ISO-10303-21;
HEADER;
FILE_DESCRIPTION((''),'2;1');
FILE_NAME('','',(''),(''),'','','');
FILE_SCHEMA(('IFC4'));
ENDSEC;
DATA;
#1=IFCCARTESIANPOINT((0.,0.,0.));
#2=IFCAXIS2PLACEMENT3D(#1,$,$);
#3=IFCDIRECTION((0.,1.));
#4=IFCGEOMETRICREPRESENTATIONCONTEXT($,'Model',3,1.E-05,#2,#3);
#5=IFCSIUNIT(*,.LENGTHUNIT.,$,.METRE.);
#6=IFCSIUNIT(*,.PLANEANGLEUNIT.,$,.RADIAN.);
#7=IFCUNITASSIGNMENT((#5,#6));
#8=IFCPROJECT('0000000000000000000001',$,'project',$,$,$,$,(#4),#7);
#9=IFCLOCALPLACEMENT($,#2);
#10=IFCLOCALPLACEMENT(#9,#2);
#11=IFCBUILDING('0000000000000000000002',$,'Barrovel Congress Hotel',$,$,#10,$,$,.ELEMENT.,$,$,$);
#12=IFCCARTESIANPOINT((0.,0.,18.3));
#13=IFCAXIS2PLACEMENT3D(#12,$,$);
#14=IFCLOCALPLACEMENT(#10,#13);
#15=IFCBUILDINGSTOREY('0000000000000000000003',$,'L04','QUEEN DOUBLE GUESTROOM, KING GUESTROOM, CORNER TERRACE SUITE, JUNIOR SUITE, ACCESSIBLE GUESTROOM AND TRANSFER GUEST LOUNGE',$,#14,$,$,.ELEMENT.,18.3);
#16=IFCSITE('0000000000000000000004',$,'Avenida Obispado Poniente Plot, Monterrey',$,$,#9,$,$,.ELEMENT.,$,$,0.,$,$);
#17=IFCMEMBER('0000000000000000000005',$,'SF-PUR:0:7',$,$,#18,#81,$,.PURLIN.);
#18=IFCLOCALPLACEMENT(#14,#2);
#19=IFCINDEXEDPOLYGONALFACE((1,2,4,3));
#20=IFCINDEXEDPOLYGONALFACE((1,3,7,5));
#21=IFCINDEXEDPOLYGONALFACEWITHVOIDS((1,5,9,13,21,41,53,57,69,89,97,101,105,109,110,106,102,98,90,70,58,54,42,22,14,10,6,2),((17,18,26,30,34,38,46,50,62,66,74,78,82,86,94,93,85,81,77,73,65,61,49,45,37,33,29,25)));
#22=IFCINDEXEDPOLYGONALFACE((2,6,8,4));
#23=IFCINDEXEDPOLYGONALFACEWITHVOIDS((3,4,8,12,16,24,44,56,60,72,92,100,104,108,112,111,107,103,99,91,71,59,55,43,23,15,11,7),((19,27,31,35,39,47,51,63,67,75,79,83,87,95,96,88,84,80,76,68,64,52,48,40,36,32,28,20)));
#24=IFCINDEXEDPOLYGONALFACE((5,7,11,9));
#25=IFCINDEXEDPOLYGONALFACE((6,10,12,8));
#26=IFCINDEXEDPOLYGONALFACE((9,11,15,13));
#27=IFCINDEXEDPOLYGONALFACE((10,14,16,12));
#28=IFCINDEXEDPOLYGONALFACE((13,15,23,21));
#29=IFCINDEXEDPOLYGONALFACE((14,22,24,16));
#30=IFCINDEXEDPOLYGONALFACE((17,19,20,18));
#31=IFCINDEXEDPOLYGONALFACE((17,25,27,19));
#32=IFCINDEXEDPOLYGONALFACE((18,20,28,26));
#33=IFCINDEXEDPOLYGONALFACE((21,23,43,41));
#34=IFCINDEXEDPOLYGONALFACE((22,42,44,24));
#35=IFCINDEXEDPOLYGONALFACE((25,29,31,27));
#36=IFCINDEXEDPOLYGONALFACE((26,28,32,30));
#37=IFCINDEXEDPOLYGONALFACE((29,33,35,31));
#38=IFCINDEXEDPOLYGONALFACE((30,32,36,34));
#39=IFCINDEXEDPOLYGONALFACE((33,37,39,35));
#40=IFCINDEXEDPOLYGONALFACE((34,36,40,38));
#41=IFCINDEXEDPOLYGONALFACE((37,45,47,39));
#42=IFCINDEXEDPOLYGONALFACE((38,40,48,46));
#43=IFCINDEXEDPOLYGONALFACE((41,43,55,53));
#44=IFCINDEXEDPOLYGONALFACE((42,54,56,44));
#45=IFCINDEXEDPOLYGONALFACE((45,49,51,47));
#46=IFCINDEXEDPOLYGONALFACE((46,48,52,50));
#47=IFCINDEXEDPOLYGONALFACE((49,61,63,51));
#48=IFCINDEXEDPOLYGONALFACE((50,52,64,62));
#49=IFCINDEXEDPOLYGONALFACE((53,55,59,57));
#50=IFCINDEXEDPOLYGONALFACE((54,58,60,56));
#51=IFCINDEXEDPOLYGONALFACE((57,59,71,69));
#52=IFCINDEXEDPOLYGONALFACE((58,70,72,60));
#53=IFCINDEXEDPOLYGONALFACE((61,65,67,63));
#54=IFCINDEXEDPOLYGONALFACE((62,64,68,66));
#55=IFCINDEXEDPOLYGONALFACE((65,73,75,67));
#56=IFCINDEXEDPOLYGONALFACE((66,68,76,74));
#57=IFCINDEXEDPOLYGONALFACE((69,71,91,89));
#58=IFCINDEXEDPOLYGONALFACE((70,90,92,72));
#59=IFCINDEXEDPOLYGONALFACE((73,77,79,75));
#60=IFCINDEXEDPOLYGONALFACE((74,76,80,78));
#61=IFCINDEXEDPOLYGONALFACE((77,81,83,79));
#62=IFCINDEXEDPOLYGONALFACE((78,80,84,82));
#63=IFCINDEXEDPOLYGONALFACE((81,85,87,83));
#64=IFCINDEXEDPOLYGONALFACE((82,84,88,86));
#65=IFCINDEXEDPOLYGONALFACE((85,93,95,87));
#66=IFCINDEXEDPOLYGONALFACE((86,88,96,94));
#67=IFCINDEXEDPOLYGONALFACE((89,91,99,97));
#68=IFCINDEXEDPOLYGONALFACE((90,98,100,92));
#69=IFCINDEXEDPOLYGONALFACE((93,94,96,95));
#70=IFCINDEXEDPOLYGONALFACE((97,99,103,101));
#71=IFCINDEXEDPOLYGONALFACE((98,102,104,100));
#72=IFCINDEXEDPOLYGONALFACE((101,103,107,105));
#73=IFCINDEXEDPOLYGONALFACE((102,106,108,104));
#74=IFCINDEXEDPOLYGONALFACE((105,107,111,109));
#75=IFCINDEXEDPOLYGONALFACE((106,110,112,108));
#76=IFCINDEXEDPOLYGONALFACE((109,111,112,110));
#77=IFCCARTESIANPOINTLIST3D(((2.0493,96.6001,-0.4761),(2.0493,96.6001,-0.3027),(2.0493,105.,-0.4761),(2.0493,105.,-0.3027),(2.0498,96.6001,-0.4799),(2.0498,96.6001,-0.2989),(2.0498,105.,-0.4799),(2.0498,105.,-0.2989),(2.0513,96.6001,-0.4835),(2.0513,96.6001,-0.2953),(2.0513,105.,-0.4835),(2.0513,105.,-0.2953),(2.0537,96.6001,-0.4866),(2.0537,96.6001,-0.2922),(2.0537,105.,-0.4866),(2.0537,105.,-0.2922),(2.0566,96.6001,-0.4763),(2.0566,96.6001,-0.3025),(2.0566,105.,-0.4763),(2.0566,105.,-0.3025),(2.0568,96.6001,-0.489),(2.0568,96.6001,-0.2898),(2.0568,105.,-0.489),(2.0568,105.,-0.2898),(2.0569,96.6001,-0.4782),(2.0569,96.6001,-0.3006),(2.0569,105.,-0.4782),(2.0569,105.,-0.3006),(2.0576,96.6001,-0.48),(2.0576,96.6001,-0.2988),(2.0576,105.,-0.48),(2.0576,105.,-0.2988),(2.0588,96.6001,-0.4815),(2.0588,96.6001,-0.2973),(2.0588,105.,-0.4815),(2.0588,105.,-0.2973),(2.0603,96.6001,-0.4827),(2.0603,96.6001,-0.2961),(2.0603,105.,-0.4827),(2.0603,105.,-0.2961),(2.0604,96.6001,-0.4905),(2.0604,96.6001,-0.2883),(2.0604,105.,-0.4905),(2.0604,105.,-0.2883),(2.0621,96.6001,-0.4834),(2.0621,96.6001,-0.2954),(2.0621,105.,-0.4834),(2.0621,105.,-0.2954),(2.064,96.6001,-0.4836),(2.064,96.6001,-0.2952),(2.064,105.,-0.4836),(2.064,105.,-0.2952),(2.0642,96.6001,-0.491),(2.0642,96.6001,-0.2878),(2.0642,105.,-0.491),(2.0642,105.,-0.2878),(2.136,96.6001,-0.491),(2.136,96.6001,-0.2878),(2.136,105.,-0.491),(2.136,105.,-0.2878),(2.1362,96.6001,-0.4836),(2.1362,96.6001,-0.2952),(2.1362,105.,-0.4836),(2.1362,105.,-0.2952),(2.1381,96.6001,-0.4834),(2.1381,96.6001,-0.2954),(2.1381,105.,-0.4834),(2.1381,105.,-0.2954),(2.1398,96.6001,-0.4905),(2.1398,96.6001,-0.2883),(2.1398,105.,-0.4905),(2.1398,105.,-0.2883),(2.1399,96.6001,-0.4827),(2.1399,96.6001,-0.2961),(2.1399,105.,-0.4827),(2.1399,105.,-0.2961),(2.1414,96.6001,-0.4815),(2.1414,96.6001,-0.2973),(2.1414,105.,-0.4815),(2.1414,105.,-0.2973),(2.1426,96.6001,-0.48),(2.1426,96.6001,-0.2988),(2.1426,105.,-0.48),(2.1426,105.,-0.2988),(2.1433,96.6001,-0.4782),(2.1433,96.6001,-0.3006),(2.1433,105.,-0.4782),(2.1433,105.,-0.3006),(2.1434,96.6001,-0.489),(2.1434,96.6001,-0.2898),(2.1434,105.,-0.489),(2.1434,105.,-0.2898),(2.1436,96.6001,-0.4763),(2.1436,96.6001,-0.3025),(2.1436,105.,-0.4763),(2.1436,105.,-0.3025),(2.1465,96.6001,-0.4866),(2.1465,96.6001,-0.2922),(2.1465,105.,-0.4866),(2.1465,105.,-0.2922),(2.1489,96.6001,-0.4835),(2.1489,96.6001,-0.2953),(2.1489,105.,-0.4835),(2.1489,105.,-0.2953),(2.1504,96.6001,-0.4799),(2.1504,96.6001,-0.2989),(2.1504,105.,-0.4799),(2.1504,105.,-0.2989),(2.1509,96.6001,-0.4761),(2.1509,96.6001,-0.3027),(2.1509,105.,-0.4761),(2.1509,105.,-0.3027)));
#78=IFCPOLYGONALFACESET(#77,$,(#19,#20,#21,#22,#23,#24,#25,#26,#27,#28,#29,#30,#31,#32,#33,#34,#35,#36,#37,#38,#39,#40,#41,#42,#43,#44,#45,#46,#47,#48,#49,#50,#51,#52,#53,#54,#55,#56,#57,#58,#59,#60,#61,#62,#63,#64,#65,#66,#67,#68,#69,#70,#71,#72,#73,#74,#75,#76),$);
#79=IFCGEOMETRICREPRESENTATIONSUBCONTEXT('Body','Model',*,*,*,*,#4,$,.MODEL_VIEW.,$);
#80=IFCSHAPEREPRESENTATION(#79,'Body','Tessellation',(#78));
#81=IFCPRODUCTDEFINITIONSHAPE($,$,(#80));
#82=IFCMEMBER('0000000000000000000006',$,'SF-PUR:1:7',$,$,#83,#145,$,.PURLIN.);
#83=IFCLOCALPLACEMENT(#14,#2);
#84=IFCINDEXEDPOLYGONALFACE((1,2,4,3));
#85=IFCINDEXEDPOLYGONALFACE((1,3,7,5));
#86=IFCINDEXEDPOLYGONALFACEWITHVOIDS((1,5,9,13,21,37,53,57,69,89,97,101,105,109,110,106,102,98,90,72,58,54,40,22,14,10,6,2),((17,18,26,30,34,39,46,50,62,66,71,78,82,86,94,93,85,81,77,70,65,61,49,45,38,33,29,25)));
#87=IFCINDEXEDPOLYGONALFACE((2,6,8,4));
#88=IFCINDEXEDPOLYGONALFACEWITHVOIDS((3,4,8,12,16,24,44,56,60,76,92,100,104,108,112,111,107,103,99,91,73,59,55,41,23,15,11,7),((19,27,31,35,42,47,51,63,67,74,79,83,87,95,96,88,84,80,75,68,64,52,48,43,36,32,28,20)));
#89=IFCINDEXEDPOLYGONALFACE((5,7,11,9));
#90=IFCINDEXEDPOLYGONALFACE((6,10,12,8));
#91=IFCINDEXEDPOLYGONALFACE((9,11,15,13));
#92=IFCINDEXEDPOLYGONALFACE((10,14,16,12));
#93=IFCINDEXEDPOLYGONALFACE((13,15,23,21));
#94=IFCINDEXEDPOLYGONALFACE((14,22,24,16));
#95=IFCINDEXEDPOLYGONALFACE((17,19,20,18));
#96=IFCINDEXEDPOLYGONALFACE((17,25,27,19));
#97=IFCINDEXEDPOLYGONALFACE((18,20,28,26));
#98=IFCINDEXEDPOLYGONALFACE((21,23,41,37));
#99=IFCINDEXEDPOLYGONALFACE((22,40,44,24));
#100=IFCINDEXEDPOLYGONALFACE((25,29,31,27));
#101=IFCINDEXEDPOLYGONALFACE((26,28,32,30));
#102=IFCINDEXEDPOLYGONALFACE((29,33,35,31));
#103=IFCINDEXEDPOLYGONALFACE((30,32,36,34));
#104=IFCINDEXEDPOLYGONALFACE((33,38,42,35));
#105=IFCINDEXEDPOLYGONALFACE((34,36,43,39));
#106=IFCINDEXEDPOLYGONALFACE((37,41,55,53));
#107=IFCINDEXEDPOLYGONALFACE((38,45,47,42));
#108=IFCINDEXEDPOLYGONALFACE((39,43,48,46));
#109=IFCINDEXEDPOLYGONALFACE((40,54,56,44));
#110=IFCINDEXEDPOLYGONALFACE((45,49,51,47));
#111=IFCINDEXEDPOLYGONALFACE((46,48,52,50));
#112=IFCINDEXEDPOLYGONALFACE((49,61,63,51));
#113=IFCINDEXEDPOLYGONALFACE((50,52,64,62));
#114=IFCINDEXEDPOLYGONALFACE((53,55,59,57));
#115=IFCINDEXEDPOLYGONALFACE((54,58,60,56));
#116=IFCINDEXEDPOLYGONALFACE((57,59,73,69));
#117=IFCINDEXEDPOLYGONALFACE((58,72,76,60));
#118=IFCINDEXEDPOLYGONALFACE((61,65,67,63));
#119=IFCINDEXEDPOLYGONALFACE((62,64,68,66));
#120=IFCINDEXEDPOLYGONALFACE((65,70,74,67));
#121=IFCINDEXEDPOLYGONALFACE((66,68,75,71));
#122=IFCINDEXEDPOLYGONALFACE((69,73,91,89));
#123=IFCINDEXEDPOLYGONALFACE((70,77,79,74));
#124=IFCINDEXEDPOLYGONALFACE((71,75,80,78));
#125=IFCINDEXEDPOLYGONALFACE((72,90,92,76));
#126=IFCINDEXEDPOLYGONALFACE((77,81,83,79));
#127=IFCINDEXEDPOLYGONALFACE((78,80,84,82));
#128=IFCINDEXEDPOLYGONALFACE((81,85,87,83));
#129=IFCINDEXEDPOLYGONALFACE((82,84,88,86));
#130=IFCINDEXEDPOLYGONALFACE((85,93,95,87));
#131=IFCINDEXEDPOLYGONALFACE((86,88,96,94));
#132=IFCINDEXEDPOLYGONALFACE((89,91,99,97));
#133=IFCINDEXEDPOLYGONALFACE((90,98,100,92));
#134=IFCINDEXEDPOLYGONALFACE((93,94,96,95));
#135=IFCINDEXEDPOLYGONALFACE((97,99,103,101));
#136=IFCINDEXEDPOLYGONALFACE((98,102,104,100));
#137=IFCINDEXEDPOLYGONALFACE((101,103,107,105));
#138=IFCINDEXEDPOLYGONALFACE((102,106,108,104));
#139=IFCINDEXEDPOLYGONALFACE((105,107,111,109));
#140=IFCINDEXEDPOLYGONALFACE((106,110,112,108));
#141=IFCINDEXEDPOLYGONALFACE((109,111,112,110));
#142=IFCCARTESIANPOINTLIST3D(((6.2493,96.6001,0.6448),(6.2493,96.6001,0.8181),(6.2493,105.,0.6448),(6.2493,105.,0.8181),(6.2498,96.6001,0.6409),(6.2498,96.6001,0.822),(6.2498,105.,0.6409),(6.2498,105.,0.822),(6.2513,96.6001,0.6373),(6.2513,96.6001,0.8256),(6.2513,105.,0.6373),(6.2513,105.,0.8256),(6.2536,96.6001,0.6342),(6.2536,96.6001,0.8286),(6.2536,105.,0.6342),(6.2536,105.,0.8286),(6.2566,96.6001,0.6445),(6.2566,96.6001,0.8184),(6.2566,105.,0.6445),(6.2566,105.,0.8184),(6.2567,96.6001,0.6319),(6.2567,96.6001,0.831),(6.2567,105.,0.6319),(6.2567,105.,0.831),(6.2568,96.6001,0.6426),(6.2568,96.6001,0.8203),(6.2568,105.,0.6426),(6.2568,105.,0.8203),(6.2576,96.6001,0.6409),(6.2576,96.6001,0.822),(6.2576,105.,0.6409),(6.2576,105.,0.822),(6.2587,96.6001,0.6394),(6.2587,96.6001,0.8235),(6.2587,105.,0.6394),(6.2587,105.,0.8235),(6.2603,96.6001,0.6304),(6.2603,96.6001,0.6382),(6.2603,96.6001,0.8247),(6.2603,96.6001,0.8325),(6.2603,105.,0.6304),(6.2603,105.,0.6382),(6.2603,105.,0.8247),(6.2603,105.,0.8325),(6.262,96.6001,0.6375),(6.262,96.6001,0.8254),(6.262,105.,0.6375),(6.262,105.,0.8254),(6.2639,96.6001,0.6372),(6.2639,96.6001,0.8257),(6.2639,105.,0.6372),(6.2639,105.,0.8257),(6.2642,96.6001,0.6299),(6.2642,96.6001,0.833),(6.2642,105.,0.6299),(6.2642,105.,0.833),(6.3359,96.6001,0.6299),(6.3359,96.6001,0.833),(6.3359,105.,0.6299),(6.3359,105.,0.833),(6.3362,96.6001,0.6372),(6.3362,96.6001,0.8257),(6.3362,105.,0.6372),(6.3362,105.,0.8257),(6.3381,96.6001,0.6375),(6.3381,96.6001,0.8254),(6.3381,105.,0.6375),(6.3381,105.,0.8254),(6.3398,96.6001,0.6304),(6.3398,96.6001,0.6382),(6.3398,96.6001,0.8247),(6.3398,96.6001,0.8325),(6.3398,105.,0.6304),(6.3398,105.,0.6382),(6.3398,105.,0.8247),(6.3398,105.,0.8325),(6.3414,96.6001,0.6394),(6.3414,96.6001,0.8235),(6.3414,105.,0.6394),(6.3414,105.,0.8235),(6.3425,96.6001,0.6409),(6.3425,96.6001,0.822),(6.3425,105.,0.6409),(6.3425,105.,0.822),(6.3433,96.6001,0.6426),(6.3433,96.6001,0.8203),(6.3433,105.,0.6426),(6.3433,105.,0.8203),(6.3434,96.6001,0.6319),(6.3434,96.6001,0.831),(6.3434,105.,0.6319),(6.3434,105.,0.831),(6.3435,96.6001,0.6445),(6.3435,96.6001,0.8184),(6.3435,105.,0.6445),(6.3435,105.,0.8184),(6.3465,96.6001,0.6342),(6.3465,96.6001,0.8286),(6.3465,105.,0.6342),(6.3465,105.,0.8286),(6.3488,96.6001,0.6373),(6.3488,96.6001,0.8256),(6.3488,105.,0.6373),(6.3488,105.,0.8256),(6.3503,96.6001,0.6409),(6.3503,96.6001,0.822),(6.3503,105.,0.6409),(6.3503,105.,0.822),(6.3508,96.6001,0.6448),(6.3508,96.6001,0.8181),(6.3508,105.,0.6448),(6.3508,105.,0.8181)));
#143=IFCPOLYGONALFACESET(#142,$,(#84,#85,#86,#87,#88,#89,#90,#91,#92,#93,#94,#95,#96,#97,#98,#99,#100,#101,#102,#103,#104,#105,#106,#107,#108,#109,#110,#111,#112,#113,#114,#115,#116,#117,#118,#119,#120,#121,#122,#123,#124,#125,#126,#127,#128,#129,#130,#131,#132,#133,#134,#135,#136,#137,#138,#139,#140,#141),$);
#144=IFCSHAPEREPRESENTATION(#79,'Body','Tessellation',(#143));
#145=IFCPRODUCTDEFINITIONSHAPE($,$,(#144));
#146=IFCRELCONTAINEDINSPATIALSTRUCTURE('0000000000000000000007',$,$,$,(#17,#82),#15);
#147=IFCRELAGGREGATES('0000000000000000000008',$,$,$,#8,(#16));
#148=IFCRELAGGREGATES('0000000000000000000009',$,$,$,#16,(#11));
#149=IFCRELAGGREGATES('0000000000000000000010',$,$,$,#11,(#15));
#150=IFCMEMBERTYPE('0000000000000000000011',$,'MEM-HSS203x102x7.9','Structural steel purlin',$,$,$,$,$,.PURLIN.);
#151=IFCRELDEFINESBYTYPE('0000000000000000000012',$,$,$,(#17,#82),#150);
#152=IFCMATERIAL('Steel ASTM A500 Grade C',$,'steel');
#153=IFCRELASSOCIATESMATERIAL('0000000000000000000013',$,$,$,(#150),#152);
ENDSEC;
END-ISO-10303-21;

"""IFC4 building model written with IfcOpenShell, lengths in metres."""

from ifc_helpers import new_model, si_unit, direction, frame, origin, origin_2d, place, context, subcontext, project, spatial, hollow_rectangle, extrude, material, material_profile, profile_set, type_object, element, save


model = new_model("IFC4")

# Units and contexts
model_context = context("Model", 3, precision=1e-05, world=origin(), true_north=direction((0.0, 1.0)))
body_context = subcontext(model_context, "Body", "Model", "MODEL_VIEW")
ifc_project = project(units=[si_unit("LENGTHUNIT", "METRE"), si_unit("PLANEANGLEUNIT", "RADIAN")], contexts=[model_context])

# Site, building, storey
site_placement = place(None, origin())
site = spatial("IfcSite", under=ifc_project, at=site_placement, Name="Avenida Obispado Poniente Plot, Monterrey", CompositionType="ELEMENT", RefElevation=0.0)
building_placement = place(site_placement, origin())
building = spatial("IfcBuilding", under=site, at=building_placement, Name="Barrovel Congress Hotel", CompositionType="ELEMENT")
storey_placement = place(building_placement, frame((0.0, 0.0, 18.3)))
storey = spatial("IfcBuildingStorey", under=building, at=storey_placement, Name="L04", Description="QUEEN DOUBLE GUESTROOM, KING GUESTROOM, CORNER TERRACE SUITE, JUNIOR SUITE, ACCESSIBLE GUESTROOM AND TRANSFER GUEST LOUNGE", CompositionType="ELEMENT", Elevation=18.3)

# Members
ifc_material_1 = material(Name="Steel ASTM A500 Grade C", Category="steel")
ifc_material_profile_1 = material_profile(ifc_material_1, hollow_rectangle(XDim=0.1016, YDim=0.2031, WallThickness=0.0073, InnerFilletRadius=0.0073, OuterFilletRadius=0.0149, at=origin_2d()), Name="HSS203x102x7.9")
ifc_profile_set_1 = profile_set([ifc_material_profile_1], Name="Steel ASTM A500 Grade C")
member_type_1 = type_object("IfcMemberType", Name="MEM-HSS203x102x7.9", Description="Structural steel purlin", PredefinedType="PURLIN", material=ifc_profile_set_1)
for number, where, z_axis, x_axis, name in (
    (1, (2.1001, 96.6001, -0.3894), (0.0, 1.0, 0.0), (-1.0, 0.0, 0.0), "SF-PUR:0:7"),
    (2, (6.3, 96.6001, 0.7314), (0.0, 1.0, 0.0), (-1.0, 0.0, 0.0), "SF-PUR:1:7"),
):
    element("IfcMember", number, at=place(storey_placement, frame(where, z_axis=z_axis, x_axis=x_axis)), inside=storey, type_object=member_type_1, Name=name, PredefinedType="PURLIN", context=body_context, shape_type="SweptSolid", body=[
        extrude(hollow_rectangle(XDim=0.1016, YDim=0.2031, WallThickness=0.0073, InnerFilletRadius=0.0073, OuterFilletRadius=0.0149, at=origin_2d()), origin(), (0.0, 0.0, 1.0), 8.3999),
    ])

save(model, "model.ifc")
